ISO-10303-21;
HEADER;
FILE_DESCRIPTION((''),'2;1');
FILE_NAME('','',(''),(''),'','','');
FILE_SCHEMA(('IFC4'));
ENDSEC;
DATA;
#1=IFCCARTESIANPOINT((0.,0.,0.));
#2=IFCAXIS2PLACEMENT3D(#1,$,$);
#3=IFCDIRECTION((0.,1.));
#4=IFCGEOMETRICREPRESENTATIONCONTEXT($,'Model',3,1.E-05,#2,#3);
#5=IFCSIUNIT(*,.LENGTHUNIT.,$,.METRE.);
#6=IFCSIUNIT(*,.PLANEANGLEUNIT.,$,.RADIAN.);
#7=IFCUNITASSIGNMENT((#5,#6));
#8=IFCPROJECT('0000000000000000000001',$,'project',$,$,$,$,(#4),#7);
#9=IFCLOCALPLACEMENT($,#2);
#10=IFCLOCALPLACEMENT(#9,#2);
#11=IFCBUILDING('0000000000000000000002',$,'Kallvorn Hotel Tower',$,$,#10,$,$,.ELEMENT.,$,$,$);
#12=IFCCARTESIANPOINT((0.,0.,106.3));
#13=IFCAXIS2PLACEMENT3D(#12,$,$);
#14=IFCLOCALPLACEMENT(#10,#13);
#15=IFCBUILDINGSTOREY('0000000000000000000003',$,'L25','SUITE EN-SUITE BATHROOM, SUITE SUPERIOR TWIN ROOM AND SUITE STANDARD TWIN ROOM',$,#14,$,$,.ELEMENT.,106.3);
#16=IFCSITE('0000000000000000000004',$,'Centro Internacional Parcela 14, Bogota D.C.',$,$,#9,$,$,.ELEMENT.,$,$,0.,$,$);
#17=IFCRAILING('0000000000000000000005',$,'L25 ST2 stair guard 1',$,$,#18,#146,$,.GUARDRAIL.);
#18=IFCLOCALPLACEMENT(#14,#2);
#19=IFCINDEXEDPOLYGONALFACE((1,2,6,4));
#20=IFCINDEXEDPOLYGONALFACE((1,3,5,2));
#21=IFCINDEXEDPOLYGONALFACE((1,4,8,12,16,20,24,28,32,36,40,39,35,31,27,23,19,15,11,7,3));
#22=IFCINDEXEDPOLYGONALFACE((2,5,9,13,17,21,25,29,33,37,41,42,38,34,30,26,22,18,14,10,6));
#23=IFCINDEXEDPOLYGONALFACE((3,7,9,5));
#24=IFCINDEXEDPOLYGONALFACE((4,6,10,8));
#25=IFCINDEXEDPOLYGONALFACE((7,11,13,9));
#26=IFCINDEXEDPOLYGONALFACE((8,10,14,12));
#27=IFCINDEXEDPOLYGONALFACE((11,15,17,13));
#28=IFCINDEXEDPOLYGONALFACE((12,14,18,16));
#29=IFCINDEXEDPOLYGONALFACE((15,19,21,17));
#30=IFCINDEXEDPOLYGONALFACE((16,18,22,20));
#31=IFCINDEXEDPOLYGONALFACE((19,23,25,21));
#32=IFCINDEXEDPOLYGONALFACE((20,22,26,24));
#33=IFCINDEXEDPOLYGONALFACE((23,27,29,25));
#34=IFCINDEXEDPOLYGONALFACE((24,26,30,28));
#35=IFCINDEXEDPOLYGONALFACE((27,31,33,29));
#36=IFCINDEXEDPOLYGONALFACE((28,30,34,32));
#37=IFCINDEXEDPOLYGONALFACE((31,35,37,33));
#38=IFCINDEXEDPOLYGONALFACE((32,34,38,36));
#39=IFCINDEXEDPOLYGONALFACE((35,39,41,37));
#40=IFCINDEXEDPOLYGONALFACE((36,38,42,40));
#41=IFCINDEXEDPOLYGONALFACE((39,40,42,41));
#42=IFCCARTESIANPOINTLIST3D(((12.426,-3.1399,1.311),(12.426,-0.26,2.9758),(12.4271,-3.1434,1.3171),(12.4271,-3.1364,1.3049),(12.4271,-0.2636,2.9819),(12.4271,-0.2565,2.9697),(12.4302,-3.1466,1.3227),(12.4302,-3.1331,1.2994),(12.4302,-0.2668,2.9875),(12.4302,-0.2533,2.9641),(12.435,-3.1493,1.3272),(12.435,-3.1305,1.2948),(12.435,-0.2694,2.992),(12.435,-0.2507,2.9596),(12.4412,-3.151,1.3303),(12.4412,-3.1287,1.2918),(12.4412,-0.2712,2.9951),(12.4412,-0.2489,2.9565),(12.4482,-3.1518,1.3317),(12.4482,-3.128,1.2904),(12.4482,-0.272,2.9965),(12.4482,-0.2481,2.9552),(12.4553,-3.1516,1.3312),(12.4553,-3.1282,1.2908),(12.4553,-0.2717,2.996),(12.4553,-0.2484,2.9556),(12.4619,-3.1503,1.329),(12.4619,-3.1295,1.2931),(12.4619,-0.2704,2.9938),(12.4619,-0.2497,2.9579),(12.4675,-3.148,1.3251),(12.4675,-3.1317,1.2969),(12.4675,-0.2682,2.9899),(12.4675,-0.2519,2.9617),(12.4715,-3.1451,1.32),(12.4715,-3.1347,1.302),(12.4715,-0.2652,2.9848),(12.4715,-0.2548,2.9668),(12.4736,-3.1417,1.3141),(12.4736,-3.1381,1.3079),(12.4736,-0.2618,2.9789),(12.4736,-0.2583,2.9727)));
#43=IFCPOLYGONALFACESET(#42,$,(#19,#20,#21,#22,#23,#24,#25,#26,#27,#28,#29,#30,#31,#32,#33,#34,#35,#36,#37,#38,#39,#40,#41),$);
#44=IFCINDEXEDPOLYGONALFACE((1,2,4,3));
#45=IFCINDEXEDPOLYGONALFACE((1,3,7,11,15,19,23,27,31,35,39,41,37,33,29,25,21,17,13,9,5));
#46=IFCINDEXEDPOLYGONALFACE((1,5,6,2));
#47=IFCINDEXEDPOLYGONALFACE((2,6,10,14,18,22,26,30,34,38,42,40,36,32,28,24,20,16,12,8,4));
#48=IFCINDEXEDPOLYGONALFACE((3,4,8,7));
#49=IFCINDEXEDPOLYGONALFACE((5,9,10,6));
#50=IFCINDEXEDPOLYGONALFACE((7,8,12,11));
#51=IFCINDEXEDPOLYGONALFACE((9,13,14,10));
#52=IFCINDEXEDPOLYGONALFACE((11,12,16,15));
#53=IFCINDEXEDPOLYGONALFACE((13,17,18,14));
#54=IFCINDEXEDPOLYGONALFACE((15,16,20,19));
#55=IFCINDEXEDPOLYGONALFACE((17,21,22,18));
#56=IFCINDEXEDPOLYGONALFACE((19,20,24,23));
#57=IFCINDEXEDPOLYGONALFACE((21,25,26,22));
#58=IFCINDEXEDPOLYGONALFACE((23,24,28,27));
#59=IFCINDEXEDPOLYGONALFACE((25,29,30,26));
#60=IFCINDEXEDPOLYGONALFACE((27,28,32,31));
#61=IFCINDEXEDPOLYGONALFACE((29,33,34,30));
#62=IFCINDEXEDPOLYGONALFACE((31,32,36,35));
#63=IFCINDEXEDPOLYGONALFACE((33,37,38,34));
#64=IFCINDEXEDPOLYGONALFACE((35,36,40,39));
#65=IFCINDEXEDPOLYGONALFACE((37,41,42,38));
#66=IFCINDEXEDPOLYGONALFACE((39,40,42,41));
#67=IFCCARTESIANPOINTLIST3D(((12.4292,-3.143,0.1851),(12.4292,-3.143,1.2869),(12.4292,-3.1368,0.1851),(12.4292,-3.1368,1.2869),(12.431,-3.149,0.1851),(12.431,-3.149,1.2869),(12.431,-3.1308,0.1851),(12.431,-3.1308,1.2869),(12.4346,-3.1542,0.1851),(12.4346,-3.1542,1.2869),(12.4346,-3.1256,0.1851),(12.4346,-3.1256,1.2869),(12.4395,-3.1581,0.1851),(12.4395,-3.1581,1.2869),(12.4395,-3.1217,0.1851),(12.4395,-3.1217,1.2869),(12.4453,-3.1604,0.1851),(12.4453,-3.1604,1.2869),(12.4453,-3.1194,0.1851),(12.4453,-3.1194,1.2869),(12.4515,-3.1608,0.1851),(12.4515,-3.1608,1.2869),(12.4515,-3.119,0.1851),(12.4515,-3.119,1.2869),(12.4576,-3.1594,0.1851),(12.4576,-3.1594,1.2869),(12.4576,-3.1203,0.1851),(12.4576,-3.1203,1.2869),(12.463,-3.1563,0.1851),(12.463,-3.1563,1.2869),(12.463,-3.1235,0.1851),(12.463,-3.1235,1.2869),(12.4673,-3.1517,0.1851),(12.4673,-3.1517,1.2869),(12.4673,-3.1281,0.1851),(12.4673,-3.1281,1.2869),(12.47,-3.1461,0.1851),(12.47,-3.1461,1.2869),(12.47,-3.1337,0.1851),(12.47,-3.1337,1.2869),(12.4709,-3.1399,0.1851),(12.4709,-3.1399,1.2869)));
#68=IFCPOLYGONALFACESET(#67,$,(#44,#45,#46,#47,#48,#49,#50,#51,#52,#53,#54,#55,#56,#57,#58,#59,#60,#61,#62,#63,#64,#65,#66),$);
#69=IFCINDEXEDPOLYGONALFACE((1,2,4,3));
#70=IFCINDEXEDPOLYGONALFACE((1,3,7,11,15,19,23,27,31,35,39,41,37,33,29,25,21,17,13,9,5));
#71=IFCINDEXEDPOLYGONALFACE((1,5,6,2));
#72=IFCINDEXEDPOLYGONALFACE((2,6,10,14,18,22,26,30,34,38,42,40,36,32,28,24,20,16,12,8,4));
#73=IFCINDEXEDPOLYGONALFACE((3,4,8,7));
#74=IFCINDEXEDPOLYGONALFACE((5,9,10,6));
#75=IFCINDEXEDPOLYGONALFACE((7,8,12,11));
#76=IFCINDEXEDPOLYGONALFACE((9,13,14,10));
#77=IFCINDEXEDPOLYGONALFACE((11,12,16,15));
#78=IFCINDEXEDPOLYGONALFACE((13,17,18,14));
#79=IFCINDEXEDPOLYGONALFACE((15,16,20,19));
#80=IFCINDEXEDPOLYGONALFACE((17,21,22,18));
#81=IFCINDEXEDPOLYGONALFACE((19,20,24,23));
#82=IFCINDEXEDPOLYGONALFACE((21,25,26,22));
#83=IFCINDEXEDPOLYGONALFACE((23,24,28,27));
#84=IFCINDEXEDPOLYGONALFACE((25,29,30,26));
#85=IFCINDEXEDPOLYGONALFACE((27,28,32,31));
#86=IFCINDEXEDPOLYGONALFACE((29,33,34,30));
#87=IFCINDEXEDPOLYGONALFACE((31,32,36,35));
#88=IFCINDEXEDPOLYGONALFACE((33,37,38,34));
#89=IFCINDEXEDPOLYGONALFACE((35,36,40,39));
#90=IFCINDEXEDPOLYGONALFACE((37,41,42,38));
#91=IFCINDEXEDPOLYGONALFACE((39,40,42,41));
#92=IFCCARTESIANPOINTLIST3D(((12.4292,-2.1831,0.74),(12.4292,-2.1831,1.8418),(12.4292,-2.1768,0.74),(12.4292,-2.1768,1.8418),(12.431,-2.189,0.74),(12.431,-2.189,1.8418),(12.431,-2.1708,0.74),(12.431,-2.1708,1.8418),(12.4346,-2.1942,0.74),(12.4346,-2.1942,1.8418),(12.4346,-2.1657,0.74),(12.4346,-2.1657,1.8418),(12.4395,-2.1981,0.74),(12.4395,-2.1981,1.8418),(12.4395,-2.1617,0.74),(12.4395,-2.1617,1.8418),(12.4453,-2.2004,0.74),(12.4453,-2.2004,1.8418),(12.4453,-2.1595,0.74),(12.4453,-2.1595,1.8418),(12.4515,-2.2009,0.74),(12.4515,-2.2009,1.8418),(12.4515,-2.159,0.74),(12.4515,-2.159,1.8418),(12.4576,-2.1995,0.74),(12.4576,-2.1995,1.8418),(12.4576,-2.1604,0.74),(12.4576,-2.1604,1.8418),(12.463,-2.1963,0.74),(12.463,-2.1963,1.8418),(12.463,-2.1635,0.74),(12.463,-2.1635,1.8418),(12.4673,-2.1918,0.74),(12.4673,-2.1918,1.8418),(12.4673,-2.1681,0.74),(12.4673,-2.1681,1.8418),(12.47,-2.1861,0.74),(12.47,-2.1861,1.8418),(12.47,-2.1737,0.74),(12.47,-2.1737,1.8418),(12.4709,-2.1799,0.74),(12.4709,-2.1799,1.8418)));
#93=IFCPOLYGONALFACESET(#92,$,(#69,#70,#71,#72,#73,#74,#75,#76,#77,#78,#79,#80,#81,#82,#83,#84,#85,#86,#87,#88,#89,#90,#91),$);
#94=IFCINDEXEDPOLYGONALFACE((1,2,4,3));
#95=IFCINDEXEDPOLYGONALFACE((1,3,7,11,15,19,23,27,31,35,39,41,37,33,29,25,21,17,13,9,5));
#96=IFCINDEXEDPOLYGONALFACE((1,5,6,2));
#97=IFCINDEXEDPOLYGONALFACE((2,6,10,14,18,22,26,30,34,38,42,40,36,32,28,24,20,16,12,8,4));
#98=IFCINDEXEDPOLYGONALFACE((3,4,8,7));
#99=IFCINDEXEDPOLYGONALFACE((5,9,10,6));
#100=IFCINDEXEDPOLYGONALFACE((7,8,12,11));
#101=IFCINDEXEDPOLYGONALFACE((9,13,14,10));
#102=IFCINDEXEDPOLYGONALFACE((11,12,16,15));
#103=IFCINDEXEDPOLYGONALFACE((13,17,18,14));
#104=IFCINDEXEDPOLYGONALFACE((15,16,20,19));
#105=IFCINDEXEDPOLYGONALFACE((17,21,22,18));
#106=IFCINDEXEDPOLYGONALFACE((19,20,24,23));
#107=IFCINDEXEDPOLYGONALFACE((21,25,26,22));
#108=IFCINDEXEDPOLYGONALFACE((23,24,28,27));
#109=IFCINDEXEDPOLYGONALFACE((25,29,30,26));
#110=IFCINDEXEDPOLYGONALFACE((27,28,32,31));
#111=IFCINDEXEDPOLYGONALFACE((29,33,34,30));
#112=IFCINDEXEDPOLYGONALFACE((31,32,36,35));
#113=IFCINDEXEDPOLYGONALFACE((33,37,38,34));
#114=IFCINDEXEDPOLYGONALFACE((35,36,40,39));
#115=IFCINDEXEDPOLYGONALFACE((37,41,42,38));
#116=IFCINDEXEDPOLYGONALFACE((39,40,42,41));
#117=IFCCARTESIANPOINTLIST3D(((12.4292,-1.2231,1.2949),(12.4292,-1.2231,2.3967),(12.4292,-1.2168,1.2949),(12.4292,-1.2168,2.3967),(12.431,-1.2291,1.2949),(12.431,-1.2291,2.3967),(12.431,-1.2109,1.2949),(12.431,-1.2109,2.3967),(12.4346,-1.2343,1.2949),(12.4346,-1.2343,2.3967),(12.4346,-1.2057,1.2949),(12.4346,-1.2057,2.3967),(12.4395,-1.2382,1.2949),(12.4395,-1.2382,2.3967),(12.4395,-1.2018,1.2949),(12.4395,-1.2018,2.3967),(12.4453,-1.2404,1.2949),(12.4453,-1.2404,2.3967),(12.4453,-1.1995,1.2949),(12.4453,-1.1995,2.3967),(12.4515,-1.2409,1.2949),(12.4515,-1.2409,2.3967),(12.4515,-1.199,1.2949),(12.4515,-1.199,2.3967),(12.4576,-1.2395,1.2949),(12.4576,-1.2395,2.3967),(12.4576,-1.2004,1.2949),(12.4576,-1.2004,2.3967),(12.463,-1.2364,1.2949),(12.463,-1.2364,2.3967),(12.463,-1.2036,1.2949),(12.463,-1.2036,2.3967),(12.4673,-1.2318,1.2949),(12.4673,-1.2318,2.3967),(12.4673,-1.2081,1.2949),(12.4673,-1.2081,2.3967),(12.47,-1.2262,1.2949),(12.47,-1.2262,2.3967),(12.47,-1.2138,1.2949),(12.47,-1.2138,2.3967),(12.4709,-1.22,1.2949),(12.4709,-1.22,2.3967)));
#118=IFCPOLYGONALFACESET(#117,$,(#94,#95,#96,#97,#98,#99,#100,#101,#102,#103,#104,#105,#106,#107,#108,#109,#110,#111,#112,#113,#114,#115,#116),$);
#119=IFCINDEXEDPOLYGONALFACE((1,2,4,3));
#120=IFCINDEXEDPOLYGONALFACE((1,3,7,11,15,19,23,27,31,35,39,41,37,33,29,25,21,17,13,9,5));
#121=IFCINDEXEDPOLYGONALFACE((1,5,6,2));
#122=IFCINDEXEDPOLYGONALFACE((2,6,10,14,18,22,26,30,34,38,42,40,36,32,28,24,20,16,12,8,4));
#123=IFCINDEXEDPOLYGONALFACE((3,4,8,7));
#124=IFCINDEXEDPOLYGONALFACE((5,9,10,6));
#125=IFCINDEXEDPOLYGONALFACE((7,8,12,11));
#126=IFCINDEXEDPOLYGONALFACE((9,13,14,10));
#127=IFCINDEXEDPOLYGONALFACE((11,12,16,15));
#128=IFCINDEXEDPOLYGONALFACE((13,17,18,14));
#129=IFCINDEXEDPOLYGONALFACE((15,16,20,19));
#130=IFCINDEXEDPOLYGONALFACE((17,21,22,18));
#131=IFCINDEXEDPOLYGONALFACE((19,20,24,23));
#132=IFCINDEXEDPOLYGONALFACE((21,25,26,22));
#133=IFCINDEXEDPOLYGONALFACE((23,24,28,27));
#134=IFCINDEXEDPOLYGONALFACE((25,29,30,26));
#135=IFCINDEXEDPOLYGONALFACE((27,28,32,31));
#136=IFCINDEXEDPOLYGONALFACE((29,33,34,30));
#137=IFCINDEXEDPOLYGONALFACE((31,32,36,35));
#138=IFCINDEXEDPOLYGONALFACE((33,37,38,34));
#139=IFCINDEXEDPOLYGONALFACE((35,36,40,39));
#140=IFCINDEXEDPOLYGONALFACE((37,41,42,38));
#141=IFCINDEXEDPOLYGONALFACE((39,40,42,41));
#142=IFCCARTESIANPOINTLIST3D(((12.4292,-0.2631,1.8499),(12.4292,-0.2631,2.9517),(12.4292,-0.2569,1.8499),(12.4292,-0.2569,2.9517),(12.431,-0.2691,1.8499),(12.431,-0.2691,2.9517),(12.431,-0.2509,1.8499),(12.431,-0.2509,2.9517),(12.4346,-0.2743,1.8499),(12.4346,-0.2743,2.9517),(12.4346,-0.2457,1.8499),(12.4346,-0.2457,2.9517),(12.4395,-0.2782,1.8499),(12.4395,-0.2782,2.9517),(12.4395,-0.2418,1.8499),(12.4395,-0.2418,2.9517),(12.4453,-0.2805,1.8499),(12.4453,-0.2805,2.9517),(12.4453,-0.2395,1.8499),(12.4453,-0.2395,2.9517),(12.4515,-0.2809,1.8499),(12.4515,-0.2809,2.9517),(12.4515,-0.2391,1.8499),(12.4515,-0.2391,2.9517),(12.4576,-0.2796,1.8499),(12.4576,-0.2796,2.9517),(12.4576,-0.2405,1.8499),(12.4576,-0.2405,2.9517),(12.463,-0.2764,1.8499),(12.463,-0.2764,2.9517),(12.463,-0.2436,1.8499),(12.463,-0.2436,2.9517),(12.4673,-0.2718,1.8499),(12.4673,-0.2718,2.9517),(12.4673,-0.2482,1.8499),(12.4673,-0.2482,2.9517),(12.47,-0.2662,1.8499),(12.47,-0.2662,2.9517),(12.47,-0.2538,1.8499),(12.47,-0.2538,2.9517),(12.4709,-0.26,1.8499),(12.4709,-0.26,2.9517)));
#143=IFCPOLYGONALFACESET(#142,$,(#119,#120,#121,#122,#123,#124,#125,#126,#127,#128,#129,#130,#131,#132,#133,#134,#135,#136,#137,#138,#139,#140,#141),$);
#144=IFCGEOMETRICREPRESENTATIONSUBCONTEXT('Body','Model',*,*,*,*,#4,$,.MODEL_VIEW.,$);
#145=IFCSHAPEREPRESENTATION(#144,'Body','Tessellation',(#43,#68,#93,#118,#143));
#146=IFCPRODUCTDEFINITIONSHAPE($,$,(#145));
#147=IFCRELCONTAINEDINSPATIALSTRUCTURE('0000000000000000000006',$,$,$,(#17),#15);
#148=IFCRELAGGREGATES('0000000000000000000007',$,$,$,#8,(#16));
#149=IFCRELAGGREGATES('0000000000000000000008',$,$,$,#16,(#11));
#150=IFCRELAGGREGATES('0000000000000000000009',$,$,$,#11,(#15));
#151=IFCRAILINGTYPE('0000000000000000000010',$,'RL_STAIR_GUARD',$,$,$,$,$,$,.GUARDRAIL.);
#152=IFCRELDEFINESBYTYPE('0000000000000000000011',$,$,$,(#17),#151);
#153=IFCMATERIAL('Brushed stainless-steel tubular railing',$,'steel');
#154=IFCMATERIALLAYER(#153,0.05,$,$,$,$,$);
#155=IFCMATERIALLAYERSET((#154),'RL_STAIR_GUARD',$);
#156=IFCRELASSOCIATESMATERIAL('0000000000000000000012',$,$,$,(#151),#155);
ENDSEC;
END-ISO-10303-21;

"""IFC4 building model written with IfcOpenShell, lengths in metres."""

from ifc_helpers import new_model, si_unit, direction, frame, origin, origin_2d, place, context, subcontext, project, spatial, circle, extrude, material, layer, layer_set, type_object, element, save


model = new_model("IFC4")

# Units and contexts
model_context = context("Model", 3, precision=1e-05, world=origin(), true_north=direction((0.0, 1.0)))
body_context = subcontext(model_context, "Body", "Model", "MODEL_VIEW")
ifc_project = project(units=[si_unit("LENGTHUNIT", "METRE"), si_unit("PLANEANGLEUNIT", "RADIAN")], contexts=[model_context])

# Site, building, storey
site_placement = place(None, origin())
site = spatial("IfcSite", under=ifc_project, at=site_placement, Name="Centro Internacional Parcela 14, Bogota D.C.", CompositionType="ELEMENT", RefElevation=0.0)
building_placement = place(site_placement, origin())
building = spatial("IfcBuilding", under=site, at=building_placement, Name="Kallvorn Hotel Tower", CompositionType="ELEMENT")
storey_placement = place(building_placement, frame((0.0, 0.0, 106.3)))
storey = spatial("IfcBuildingStorey", under=building, at=storey_placement, Name="L25", Description="SUITE EN-SUITE BATHROOM, SUITE SUPERIOR TWIN ROOM AND SUITE STANDARD TWIN ROOM", CompositionType="ELEMENT", Elevation=106.3)

# Railing
ifc_material_1 = material(Name="Brushed stainless-steel tubular railing", Category="steel")
ifc_layer_1 = layer(ifc_material_1, 0.05)
ifc_layer_set_1 = layer_set([ifc_layer_1], Name="RL_STAIR_GUARD")
railing_type_1 = type_object("IfcRailingType", Name="RL_STAIR_GUARD", PredefinedType="GUARDRAIL", material=ifc_layer_set_1)
railing_1_placement = place(storey_placement, frame((12.45, -3.1399, 0.1851)))
element("IfcRailing", 1, at=railing_1_placement, inside=storey, type_object=railing_type_1, Name="L25 ST2 stair guard 1", PredefinedType="GUARDRAIL", context=body_context, shape_type="SweptSolid", body=[
    extrude(circle(Radius=0.0239, at=origin_2d()), frame((0.0, 0.0, 1.126), z_axis=(0.0, 0.865753, 0.500472), x_axis=(-1.0, 0.0, 0.0)), (0.0, 0.0, 1.0), 3.3264),
    extrude(circle(Radius=0.021, at=origin_2d()), origin(), (0.0, 0.0, 1.0), 1.1018),
    extrude(circle(Radius=0.021, at=origin_2d()), frame((0.0, 0.96, 0.5549)), (0.0, 0.0, 1.0), 1.1018),
    extrude(circle(Radius=0.021, at=origin_2d()), frame((0.0, 1.9199, 1.1099)), (0.0, 0.0, 1.0), 1.1018),
    extrude(circle(Radius=0.021, at=origin_2d()), frame((0.0, 2.8799, 1.6648)), (0.0, 0.0, 1.0), 1.1018),
])

save(model, "model.ifc")
